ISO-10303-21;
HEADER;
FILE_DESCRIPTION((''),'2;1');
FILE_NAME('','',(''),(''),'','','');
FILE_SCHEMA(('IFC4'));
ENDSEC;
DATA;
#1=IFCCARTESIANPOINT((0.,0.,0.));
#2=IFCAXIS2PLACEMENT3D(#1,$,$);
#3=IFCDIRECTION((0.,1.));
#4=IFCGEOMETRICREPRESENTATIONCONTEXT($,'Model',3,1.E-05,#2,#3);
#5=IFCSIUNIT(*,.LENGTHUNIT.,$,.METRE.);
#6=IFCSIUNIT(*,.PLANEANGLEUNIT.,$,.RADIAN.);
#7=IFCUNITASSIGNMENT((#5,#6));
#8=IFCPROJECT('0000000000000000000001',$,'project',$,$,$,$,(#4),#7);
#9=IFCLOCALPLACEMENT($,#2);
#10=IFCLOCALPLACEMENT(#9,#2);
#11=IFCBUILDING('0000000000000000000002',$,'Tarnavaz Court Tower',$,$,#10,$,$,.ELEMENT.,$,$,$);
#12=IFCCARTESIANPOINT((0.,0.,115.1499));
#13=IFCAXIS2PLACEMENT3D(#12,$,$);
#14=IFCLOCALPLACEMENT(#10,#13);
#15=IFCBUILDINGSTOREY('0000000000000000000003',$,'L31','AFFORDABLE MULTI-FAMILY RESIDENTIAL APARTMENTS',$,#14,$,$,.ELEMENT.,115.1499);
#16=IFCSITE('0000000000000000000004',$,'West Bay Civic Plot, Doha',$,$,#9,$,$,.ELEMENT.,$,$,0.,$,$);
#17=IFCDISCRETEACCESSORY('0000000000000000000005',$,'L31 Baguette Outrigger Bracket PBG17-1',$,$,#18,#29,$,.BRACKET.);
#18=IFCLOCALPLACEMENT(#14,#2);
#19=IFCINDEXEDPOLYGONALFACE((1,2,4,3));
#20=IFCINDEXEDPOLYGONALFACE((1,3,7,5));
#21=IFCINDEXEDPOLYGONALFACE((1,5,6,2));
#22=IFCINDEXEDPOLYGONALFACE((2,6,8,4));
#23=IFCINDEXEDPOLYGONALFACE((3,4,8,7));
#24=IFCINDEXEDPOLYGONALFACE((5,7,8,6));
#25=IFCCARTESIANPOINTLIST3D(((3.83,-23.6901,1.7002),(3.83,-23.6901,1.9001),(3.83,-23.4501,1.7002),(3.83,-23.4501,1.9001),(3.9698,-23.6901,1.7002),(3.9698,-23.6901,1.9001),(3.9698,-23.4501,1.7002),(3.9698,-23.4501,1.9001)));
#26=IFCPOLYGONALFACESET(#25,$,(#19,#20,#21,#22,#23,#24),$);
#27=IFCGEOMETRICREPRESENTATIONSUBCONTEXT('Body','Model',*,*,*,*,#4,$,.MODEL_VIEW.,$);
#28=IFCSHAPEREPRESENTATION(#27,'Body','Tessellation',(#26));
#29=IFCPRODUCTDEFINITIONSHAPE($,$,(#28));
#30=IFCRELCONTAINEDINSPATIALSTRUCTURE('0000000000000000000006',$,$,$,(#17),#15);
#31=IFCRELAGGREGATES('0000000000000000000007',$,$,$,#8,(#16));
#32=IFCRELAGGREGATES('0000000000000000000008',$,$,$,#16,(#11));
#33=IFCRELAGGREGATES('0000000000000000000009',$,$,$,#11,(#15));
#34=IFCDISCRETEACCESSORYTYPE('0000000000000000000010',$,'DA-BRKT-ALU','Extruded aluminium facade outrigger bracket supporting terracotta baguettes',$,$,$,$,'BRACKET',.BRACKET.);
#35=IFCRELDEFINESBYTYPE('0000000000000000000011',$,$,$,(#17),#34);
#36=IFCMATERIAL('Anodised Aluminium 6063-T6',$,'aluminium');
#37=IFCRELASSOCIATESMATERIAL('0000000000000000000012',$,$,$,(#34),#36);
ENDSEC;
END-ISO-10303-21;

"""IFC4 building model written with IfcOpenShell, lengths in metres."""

from ifc_helpers import new_model, si_unit, direction, frame, origin, origin_2d, place, context, subcontext, project, spatial, rectangle, extrude, material, type_object, element, save


model = new_model("IFC4")

# Units and contexts
model_context = context("Model", 3, precision=1e-05, world=origin(), true_north=direction((0.0, 1.0)))
body_context = subcontext(model_context, "Body", "Model", "MODEL_VIEW")
ifc_project = project(units=[si_unit("LENGTHUNIT", "METRE"), si_unit("PLANEANGLEUNIT", "RADIAN")], contexts=[model_context])

# Site, building, storey
site_placement = place(None, origin())
site = spatial("IfcSite", under=ifc_project, at=site_placement, Name="West Bay Civic Plot, Doha", CompositionType="ELEMENT", RefElevation=0.0)
building_placement = place(site_placement, origin())
building = spatial("IfcBuilding", under=site, at=building_placement, Name="Tarnavaz Court Tower", CompositionType="ELEMENT")
storey_placement = place(building_placement, frame((0.0, 0.0, 115.1499)))
storey = spatial("IfcBuildingStorey", under=building, at=storey_placement, Name="L31", Description="AFFORDABLE MULTI-FAMILY RESIDENTIAL APARTMENTS", CompositionType="ELEMENT", Elevation=115.1499)

# Shared definitions
ifc_material_1 = material(Name="Anodised Aluminium 6063-T6", Category="aluminium")

# Discrete accessory
discrete_accessory_type = type_object("IfcDiscreteAccessoryType", Name="DA-BRKT-ALU", Description="Extruded aluminium facade outrigger bracket supporting terracotta baguettes", ElementType="BRACKET", PredefinedType="BRACKET", material=ifc_material_1)
for number, where, z_axis, x_axis, name in (
    (1, (3.8999, -23.5701, 1.7002), (0.0, 0.0, 1.0), (-1.0, 0.0, 0.0), "L31 Baguette Outrigger Bracket PBG17-1"),
):
    element("IfcDiscreteAccessory", number, at=place(storey_placement, frame(where, z_axis=z_axis, x_axis=x_axis)), inside=storey, type_object=discrete_accessory_type, Name=name, PredefinedType="BRACKET", context=body_context, shape_type="SweptSolid", body=[
        extrude(rectangle(XDim=0.1399, YDim=0.24, at=origin_2d()), origin(), (0.0, 0.0, 1.0), 0.2),
    ])

save(model, "model.ifc")
